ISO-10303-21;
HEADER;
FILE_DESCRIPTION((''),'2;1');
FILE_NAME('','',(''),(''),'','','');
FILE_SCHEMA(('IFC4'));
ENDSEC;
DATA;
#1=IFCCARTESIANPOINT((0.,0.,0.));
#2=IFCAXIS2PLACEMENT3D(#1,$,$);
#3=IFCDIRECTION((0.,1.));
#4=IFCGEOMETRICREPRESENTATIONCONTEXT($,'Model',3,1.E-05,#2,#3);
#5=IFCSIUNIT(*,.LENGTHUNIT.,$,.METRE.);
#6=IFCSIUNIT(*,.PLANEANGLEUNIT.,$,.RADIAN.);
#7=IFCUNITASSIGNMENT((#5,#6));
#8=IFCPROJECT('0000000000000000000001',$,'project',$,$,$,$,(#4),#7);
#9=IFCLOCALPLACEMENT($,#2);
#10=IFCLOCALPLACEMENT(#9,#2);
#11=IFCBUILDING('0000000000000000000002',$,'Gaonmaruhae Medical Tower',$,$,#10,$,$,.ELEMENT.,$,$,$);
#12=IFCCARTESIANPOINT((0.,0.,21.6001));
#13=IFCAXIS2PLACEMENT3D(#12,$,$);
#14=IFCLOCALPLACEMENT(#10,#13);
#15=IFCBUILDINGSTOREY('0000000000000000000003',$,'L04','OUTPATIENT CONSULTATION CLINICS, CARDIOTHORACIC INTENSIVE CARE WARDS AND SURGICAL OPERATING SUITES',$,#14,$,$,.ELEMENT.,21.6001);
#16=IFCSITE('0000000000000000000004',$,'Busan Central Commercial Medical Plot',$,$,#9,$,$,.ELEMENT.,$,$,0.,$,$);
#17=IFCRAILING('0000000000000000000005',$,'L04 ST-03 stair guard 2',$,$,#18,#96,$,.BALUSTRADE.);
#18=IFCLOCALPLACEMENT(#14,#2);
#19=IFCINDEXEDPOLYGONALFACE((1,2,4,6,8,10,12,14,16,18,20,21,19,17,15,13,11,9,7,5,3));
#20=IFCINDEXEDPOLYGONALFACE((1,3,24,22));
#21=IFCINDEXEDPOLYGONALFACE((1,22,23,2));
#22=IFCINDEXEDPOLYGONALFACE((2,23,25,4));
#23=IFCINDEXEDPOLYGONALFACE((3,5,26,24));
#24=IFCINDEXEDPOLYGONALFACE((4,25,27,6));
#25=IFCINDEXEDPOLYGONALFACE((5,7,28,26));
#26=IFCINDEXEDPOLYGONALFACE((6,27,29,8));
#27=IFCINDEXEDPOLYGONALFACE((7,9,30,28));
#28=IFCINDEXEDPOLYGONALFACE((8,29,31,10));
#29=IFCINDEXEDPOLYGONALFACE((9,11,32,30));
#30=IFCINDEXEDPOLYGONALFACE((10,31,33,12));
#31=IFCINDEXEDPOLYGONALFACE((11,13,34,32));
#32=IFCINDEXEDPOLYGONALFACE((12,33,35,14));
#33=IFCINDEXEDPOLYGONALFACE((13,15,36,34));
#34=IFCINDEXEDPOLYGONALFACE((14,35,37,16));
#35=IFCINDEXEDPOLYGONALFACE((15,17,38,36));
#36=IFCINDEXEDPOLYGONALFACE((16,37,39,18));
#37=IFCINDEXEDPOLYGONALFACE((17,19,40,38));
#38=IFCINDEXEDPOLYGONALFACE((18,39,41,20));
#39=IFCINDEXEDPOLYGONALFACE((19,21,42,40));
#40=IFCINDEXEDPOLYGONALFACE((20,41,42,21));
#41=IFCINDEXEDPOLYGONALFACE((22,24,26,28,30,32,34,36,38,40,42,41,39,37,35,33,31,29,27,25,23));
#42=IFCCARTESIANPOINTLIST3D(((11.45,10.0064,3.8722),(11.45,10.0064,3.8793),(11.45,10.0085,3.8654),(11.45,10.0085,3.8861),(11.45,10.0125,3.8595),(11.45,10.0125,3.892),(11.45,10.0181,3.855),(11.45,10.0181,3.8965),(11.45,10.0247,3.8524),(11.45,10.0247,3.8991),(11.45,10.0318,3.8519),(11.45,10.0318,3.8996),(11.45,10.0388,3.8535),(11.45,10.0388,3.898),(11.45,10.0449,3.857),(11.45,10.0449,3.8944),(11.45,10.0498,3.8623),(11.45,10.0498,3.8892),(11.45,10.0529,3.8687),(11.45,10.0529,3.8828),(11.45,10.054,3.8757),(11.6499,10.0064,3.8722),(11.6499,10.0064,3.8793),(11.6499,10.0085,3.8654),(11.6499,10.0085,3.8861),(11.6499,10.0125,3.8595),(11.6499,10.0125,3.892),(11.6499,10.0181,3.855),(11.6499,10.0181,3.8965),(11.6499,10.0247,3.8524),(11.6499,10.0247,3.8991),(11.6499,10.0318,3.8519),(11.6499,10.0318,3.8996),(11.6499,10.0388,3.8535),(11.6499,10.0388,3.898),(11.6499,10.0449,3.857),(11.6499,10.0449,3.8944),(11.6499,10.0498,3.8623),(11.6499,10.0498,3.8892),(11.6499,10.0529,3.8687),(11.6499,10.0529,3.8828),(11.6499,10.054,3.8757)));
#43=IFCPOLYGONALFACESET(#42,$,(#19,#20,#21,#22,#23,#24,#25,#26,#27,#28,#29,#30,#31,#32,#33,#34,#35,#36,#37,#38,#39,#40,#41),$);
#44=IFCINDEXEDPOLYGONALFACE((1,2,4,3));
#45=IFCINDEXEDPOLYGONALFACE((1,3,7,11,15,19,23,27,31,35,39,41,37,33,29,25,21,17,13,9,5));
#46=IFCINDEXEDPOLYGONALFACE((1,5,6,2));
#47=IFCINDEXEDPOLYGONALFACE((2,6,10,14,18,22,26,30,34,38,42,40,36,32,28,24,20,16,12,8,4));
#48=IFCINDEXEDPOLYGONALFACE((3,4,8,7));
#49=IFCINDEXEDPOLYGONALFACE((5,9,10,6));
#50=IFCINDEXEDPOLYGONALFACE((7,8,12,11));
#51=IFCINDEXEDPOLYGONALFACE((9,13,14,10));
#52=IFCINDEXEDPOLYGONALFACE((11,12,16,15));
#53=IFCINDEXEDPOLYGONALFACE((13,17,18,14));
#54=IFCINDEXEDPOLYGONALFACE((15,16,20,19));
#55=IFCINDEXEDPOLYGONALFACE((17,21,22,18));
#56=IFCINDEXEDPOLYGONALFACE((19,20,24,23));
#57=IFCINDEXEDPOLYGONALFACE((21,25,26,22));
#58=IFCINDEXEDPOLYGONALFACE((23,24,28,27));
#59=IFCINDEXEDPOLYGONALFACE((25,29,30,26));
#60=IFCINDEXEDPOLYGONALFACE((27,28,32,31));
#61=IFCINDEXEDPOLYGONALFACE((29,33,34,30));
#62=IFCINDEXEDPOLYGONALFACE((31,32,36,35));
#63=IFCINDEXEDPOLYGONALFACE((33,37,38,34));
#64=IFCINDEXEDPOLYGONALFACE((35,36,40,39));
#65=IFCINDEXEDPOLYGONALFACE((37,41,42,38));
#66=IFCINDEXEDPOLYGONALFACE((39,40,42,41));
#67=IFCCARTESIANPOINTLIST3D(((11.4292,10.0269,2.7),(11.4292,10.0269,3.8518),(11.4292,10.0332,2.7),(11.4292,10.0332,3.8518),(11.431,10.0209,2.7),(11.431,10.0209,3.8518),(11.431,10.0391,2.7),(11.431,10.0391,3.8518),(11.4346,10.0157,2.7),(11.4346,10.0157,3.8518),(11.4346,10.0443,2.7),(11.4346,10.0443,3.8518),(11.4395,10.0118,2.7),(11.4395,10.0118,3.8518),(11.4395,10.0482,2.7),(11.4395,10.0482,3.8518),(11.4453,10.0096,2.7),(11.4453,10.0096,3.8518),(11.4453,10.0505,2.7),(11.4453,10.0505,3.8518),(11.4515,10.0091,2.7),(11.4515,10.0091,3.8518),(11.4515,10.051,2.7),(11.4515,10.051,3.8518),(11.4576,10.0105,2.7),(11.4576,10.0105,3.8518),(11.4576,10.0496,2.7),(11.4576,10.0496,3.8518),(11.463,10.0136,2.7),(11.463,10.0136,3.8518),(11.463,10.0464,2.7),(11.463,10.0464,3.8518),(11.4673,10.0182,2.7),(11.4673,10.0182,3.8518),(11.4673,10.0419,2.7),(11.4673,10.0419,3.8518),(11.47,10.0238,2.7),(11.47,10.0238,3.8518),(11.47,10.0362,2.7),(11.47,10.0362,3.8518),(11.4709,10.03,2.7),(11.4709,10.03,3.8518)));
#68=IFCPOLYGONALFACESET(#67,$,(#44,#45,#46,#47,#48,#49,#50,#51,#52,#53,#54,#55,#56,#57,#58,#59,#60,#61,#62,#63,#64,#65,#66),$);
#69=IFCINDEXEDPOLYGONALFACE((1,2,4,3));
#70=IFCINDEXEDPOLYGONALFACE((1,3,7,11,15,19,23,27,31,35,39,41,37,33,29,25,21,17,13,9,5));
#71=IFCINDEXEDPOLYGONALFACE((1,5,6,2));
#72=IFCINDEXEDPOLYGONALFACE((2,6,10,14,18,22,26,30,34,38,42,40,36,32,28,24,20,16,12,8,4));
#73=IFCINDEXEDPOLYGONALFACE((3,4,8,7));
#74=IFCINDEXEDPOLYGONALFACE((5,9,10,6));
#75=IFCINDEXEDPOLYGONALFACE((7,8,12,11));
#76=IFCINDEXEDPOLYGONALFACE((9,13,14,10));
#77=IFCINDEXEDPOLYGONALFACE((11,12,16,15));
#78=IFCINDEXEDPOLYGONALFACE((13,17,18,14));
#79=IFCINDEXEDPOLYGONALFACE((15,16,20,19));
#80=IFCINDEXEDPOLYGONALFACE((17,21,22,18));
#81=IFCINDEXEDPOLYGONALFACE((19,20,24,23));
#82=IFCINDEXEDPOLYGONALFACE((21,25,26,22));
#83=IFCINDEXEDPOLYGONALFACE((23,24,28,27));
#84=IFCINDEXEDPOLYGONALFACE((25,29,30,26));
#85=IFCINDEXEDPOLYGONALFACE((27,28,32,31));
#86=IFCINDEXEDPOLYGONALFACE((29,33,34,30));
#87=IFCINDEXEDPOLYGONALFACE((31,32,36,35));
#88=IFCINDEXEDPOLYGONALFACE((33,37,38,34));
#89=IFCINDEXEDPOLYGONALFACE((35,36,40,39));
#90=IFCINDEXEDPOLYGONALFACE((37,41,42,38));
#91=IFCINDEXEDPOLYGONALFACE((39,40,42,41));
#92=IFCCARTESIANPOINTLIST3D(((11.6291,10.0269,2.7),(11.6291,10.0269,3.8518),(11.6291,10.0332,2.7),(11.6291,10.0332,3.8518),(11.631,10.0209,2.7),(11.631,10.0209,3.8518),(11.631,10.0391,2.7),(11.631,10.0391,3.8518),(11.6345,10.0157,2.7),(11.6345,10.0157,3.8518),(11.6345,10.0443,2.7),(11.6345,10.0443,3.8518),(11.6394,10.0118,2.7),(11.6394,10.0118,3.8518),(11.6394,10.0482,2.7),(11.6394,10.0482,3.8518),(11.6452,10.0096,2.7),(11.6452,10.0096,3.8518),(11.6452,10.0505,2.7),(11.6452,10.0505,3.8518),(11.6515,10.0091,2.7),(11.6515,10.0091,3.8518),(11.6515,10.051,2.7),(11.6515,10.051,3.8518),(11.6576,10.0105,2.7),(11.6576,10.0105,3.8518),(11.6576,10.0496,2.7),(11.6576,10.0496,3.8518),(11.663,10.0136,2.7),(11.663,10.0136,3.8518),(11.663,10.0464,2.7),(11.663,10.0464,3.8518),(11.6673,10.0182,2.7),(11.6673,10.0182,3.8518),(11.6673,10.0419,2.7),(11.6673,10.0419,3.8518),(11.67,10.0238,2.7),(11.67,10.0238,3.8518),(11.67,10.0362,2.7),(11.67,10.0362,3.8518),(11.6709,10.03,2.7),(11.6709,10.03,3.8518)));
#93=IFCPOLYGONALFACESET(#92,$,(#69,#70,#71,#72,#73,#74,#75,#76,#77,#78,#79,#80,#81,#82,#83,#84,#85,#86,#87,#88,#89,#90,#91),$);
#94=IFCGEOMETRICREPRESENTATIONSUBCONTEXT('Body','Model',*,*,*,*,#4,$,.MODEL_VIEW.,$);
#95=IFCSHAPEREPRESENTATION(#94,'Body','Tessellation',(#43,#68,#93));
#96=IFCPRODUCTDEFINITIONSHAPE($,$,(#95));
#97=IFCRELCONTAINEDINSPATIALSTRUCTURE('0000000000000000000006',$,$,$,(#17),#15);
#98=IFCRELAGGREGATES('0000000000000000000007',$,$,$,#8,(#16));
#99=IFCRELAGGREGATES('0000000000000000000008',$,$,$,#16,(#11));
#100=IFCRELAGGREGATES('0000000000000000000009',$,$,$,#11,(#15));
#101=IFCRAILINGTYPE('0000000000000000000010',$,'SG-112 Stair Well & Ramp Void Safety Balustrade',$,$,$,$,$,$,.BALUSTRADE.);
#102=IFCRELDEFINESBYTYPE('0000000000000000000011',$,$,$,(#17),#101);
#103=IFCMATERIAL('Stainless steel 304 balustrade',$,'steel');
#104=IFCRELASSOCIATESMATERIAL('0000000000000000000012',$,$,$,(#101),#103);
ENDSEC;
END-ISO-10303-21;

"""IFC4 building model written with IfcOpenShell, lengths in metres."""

from ifc_helpers import new_model, si_unit, direction, frame, origin, origin_2d, place, context, subcontext, project, spatial, circle, extrude, material, type_object, element, save


model = new_model("IFC4")

# Units and contexts
model_context = context("Model", 3, precision=1e-05, world=origin(), true_north=direction((0.0, 1.0)))
body_context = subcontext(model_context, "Body", "Model", "MODEL_VIEW")
ifc_project = project(units=[si_unit("LENGTHUNIT", "METRE"), si_unit("PLANEANGLEUNIT", "RADIAN")], contexts=[model_context])

# Site, building, storey
site_placement = place(None, origin())
site = spatial("IfcSite", under=ifc_project, at=site_placement, Name="Busan Central Commercial Medical Plot", CompositionType="ELEMENT", RefElevation=0.0)
building_placement = place(site_placement, origin())
building = spatial("IfcBuilding", under=site, at=building_placement, Name="Gaonmaruhae Medical Tower", CompositionType="ELEMENT")
storey_placement = place(building_placement, frame((0.0, 0.0, 21.6001)))
storey = spatial("IfcBuildingStorey", under=building, at=storey_placement, Name="L04", Description="OUTPATIENT CONSULTATION CLINICS, CARDIOTHORACIC INTENSIVE CARE WARDS AND SURGICAL OPERATING SUITES", CompositionType="ELEMENT", Elevation=21.6001)

# Railing
ifc_material_1 = material(Name="Stainless steel 304 balustrade", Category="steel")
railing_type_1 = type_object("IfcRailingType", Name="SG-112 Stair Well & Ramp Void Safety Balustrade", PredefinedType="BALUSTRADE", material=ifc_material_1)
railing_1_placement = place(storey_placement, frame((11.45, 10.03, 2.7)))
element("IfcRailing", 1, at=railing_1_placement, inside=storey, type_object=railing_type_1, Name="L04 ST-03 stair guard 2", PredefinedType="BALUSTRADE", context=body_context, shape_type="SweptSolid", body=[
    extrude(circle(Radius=0.0239, at=origin_2d()), frame((0.0, 0.0, 1.1758), z_axis=(1.0, 0.0, 0.0), x_axis=(0.0, 1.0, 0.0)), (0.0, 0.0, 1.0), 0.2),
    extrude(circle(Radius=0.021, at=origin_2d()), origin(), (0.0, 0.0, 1.0), 1.1519),
    extrude(circle(Radius=0.021, at=origin_2d()), frame((0.2, 0.0, 0.0)), (0.0, 0.0, 1.0), 1.1519),
])

save(model, "model.ifc")
